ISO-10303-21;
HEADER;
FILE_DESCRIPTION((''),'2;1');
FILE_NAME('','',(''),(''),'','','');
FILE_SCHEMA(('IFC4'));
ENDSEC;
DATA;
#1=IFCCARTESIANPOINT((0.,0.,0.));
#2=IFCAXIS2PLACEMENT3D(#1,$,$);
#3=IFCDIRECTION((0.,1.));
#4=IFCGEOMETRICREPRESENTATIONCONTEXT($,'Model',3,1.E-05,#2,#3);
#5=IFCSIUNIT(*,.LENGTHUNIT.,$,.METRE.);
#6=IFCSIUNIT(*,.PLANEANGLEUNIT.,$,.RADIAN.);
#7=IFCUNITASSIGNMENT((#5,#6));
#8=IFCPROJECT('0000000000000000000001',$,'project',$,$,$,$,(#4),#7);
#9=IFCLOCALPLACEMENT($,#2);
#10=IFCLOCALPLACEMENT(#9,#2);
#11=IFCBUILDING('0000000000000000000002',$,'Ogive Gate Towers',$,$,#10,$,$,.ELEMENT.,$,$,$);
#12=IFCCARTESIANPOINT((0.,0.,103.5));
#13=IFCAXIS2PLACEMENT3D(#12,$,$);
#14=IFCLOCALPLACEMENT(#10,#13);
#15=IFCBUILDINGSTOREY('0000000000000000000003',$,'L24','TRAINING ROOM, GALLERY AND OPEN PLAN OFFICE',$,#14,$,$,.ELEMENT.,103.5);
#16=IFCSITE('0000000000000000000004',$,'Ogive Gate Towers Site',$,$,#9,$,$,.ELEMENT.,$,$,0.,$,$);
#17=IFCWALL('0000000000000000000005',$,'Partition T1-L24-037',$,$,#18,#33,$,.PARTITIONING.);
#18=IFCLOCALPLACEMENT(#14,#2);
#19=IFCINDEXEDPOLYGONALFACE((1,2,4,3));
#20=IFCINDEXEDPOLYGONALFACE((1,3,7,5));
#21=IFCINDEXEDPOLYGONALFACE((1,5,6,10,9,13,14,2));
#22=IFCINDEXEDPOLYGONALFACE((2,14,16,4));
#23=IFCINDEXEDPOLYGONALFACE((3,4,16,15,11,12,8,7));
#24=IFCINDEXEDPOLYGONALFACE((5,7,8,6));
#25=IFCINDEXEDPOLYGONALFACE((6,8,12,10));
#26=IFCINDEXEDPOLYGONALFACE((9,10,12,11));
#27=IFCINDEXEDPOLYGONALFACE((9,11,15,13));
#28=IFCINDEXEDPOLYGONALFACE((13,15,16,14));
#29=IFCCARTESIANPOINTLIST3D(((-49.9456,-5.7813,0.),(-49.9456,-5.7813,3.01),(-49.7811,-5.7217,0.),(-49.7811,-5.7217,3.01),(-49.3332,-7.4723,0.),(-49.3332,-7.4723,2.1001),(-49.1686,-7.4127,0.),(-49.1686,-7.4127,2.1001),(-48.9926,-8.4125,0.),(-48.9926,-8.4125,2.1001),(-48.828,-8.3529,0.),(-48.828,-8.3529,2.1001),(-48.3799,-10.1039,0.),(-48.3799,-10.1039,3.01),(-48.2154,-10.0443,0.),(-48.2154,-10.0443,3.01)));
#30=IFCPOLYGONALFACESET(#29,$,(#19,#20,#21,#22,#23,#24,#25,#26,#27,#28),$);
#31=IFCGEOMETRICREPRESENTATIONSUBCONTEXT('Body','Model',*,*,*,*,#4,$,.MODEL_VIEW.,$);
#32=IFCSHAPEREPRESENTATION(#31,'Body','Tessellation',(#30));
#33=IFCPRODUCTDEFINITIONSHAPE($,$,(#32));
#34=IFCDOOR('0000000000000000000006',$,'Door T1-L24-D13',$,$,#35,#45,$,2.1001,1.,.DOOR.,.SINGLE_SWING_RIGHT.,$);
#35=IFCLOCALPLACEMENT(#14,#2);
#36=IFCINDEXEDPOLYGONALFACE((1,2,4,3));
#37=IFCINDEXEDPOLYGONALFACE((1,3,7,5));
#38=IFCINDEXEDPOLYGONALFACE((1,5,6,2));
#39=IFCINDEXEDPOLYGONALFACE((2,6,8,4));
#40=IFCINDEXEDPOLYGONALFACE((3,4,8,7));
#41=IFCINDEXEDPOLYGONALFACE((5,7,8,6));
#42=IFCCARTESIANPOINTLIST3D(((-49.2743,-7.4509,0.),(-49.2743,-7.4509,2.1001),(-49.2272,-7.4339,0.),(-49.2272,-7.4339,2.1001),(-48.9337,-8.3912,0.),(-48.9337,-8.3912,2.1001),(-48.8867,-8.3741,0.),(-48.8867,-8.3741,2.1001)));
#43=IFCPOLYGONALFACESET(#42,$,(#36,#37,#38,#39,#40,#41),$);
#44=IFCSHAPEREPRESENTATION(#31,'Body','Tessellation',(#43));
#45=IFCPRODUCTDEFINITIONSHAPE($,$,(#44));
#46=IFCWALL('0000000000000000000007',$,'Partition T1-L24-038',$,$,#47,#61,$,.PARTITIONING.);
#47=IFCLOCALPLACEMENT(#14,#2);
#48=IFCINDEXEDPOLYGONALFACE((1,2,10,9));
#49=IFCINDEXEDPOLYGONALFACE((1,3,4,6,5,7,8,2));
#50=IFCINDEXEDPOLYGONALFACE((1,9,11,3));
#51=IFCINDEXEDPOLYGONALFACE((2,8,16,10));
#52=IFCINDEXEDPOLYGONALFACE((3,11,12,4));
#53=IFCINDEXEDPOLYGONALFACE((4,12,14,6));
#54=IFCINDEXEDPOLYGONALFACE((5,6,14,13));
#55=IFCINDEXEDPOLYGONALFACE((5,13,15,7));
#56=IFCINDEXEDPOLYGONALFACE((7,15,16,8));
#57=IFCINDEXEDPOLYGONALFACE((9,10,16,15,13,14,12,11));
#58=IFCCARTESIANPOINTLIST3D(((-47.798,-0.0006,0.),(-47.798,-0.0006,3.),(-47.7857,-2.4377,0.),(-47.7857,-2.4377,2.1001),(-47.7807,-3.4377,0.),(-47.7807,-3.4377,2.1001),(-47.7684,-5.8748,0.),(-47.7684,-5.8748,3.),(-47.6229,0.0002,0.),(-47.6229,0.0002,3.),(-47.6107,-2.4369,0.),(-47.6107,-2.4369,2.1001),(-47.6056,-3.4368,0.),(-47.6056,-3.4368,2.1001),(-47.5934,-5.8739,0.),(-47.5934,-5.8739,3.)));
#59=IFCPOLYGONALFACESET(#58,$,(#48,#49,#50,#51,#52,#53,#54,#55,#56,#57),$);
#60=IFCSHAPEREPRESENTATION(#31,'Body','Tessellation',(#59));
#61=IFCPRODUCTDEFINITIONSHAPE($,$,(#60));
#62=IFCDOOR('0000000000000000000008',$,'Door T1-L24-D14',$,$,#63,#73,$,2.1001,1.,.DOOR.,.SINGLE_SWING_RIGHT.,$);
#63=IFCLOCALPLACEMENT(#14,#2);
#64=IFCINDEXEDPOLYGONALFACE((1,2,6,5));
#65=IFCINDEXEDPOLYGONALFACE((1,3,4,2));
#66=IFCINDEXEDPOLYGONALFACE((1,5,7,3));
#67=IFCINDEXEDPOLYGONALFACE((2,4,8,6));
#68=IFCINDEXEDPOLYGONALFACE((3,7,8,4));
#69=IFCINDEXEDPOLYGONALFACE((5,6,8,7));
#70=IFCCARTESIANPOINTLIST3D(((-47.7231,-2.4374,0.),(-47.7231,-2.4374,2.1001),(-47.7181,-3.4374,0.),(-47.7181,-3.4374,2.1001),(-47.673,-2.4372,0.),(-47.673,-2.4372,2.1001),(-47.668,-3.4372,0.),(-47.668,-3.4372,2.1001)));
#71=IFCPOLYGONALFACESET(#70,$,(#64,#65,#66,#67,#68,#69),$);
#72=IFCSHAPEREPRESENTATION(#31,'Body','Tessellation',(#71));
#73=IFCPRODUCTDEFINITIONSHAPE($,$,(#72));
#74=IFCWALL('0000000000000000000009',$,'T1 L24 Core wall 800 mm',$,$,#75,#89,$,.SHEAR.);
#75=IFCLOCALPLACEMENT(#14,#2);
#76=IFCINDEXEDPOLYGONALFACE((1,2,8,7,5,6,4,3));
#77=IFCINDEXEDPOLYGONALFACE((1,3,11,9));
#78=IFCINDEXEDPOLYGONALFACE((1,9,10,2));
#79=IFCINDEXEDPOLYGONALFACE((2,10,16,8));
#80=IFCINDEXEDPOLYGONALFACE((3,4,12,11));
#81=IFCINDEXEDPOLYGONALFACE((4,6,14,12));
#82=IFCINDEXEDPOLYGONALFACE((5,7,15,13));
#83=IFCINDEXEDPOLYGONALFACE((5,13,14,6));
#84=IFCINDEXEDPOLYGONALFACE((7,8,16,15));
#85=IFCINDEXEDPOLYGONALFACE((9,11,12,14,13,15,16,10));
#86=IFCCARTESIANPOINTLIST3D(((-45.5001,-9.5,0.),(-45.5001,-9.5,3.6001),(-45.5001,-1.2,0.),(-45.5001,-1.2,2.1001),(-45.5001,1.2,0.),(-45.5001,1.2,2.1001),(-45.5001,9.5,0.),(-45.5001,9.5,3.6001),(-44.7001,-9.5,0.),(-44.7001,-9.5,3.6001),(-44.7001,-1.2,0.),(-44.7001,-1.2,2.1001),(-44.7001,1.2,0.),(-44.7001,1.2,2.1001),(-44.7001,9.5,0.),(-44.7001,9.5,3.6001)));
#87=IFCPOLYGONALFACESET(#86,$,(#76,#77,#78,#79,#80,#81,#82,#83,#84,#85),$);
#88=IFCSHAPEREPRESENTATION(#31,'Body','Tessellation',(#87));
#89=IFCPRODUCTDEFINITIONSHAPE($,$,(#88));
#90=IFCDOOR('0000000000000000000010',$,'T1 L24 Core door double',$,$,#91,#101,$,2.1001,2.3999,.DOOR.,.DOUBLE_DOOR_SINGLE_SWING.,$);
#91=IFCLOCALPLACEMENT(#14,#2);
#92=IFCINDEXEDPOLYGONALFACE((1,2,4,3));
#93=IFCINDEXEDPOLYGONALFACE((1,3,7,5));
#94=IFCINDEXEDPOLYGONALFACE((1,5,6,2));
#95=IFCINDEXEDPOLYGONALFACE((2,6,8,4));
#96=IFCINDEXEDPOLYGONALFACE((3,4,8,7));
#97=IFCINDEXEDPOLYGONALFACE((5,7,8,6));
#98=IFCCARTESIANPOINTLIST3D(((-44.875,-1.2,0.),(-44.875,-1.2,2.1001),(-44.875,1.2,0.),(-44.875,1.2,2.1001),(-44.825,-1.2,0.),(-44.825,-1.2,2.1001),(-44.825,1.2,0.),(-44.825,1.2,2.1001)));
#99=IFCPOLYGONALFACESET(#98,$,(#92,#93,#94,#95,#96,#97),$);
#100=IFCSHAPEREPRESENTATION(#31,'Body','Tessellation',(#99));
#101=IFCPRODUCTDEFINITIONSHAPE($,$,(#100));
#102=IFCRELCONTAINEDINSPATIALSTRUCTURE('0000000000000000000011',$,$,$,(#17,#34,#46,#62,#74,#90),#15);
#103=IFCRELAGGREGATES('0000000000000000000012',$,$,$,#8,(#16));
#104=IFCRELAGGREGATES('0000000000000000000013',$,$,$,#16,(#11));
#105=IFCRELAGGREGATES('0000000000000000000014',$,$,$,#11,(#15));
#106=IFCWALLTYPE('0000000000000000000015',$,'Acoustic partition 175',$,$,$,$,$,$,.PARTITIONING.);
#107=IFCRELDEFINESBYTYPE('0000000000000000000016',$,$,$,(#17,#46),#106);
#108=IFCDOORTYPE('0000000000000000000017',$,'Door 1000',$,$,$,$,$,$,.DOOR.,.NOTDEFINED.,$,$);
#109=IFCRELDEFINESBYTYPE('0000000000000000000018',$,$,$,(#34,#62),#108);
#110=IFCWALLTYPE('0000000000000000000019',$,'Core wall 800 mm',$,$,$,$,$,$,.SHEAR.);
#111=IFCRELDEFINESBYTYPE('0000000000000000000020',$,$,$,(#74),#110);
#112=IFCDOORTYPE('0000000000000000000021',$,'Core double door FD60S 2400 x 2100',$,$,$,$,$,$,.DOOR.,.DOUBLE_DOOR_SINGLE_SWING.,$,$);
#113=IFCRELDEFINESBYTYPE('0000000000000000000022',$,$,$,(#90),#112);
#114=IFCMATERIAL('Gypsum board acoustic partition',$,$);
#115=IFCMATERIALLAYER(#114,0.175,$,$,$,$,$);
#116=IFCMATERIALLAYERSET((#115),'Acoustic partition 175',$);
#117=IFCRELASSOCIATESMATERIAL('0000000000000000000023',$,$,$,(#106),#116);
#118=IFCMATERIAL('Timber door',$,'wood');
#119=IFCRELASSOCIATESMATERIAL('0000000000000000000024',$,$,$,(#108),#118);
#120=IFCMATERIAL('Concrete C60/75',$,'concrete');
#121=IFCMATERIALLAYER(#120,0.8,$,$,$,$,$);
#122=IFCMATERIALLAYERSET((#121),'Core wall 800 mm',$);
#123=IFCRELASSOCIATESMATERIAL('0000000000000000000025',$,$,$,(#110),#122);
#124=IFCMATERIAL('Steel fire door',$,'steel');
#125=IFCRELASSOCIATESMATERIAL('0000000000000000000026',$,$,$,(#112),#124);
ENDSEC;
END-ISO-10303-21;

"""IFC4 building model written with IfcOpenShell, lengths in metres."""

from ifc_helpers import new_model, si_unit, direction, frame, frame_2d, origin, place, context, subcontext, project, spatial, rectangle, extrude, material, layer, layer_set, type_object, element, fill, save


model = new_model("IFC4")

# Units and contexts
model_context = context("Model", 3, precision=1e-05, world=origin(), true_north=direction((0.0, 1.0)))
body_context = subcontext(model_context, "Body", "Model", "MODEL_VIEW")
ifc_project = project(units=[si_unit("LENGTHUNIT", "METRE"), si_unit("PLANEANGLEUNIT", "RADIAN")], contexts=[model_context])

# Site, building, storey
site_placement = place(None, origin())
site = spatial("IfcSite", under=ifc_project, at=site_placement, Name="Ogive Gate Towers Site", CompositionType="ELEMENT", RefElevation=0.0)
building_placement = place(site_placement, origin())
building = spatial("IfcBuilding", under=site, at=building_placement, Name="Ogive Gate Towers", CompositionType="ELEMENT")
storey_placement = place(building_placement, frame((0.0, 0.0, 103.5)))
storey = spatial("IfcBuildingStorey", under=building, at=storey_placement, Name="L24", Description="TRAINING ROOM, GALLERY AND OPEN PLAN OFFICE", CompositionType="ELEMENT", Elevation=103.5)

# Shared definitions
ifc_material_1 = material(Name="Gypsum board acoustic partition")
ifc_layer_1 = layer(ifc_material_1, 0.175)
ifc_layer_set_1 = layer_set([ifc_layer_1], Name="Acoustic partition 175")
wall_type_1 = type_object("IfcWallType", Name="Acoustic partition 175", PredefinedType="PARTITIONING", material=ifc_layer_set_1)

# Walls, openings, doors
wall_1_placement = place(storey_placement, frame((-48.2976, -10.0742, 0.0), z_axis=(0.0, 0.0, 1.0), x_axis=(-0.340562, 0.940222, 0.0)))
wall_1 = element("IfcWall", 1, at=wall_1_placement, inside=storey, type_object=wall_type_1, Name="Partition T1-L24-037", PredefinedType="PARTITIONING", context=body_context, shape_type="SweptSolid", body=[
    extrude(rectangle(XDim=4.5974, YDim=0.175, at=frame_2d((2.2988, 0.0))), origin(), (0.0, 0.0, 1.0), 3.01),
])
opening_1_placement = place(wall_1_placement, frame((1.7991, 0.0, 0.0)))
opening_1 = element("IfcOpeningElement", 2, at=opening_1_placement, cuts=wall_1, PredefinedType="OPENING", context=body_context, shape_type="SweptSolid", body=[
    extrude(rectangle(XDim=1.0, YDim=2.1001, at=frame_2d((0.5, 1.05))), frame((0.0, 0.0977, 0.0), z_axis=(0.0, -1.0, 0.0), x_axis=(1.0, 0.0, 0.0)), (0.0, 0.0, 1.0), 0.1951),
])
ifc_material_2 = material(Name="Timber door", Category="wood")
door_type_1 = type_object("IfcDoorType", Name="Door 1000", OperationType="NOTDEFINED", PredefinedType="DOOR", material=ifc_material_2)
door_1_placement = place(opening_1_placement, origin())
door_1 = element("IfcDoor", 3, at=door_1_placement, inside=storey, type_object=door_type_1, Name="Door T1-L24-D13", OperationType="SINGLE_SWING_RIGHT", OverallHeight=2.1001, OverallWidth=1.0, PredefinedType="DOOR", context=body_context, shape_type="SweptSolid", body=[
    extrude(rectangle(XDim=1.0, YDim=2.1001, at=frame_2d((0.5, 1.05))), frame((0.0, 0.0249, 0.0), z_axis=(0.0, -1.0, 0.0), x_axis=(1.0, 0.0, 0.0)), (0.0, 0.0, 1.0), 0.05),
])
fill(opening_1, door_1)
wall_2_placement = place(storey_placement, frame((-47.6809, -5.8743, 0.0), z_axis=(0.0, 0.0, 1.0), x_axis=(-0.005029, 0.999987, 0.0)))
wall_2 = element("IfcWall", 4, at=wall_2_placement, inside=storey, type_object=wall_type_1, Name="Partition T1-L24-038", PredefinedType="PARTITIONING", context=body_context, shape_type="SweptSolid", body=[
    extrude(rectangle(XDim=5.8743, YDim=0.175, at=frame_2d((2.937, 0.0))), origin(), (0.0, 0.0, 1.0), 3.0),
])
opening_2_placement = place(wall_2_placement, frame((2.437, 0.0, 0.0)))
opening_2 = element("IfcOpeningElement", 5, at=opening_2_placement, cuts=wall_2, PredefinedType="OPENING", context=body_context, shape_type="SweptSolid", body=[
    extrude(rectangle(XDim=1.0, YDim=2.1001, at=frame_2d((0.5, 1.05))), frame((0.0, 0.0977, 0.0), z_axis=(0.0, -1.0, 0.0), x_axis=(1.0, 0.0, 0.0)), (0.0, 0.0, 1.0), 0.1951),
])
door_2_placement = place(opening_2_placement, origin())
door_2 = element("IfcDoor", 6, at=door_2_placement, inside=storey, type_object=door_type_1, Name="Door T1-L24-D14", OperationType="SINGLE_SWING_RIGHT", OverallHeight=2.1001, OverallWidth=1.0, PredefinedType="DOOR", context=body_context, shape_type="SweptSolid", body=[
    extrude(rectangle(XDim=1.0, YDim=2.1001, at=frame_2d((0.5, 1.05))), frame((0.0, 0.0249, 0.0), z_axis=(0.0, -1.0, 0.0), x_axis=(1.0, 0.0, 0.0)), (0.0, 0.0, 1.0), 0.05),
])
fill(opening_2, door_2)
ifc_material_3 = material(Name="Concrete C60/75", Category="concrete")
ifc_layer_2 = layer(ifc_material_3, 0.8)
ifc_layer_set_2 = layer_set([ifc_layer_2], Name="Core wall 800 mm")
wall_type_2 = type_object("IfcWallType", Name="Core wall 800 mm", PredefinedType="SHEAR", material=ifc_layer_set_2)
wall_3_placement = place(storey_placement, frame((-45.1001, -9.5, 0.0), z_axis=(0.0, 0.0, 1.0), x_axis=(0.0, 1.0, 0.0)))
wall_3 = element("IfcWall", 7, at=wall_3_placement, inside=storey, type_object=wall_type_2, Name="T1 L24 Core wall 800 mm", PredefinedType="SHEAR", context=body_context, shape_type="SweptSolid", body=[
    extrude(rectangle(XDim=19.0, YDim=0.8, at=frame_2d((9.5, 0.0))), origin(), (0.0, 0.0, 1.0), 3.6001),
])
opening_3_placement = place(wall_3_placement, frame((8.3, 0.0, 0.0)))
opening_3 = element("IfcOpeningElement", 8, at=opening_3_placement, cuts=wall_3, PredefinedType="OPENING", context=body_context, shape_type="SweptSolid", body=[
    extrude(rectangle(XDim=2.3999, YDim=2.1001, at=frame_2d((1.2, 1.05))), frame((0.0, 0.4102, 0.0), z_axis=(0.0, -1.0, 0.0), x_axis=(1.0, 0.0, 0.0)), (0.0, 0.0, 1.0), 0.8201),
])
ifc_material_4 = material(Name="Steel fire door", Category="steel")
door_type_2 = type_object("IfcDoorType", Name="Core double door FD60S 2400 x 2100", OperationType="DOUBLE_DOOR_SINGLE_SWING", PredefinedType="DOOR", material=ifc_material_4)
door_3_placement = place(opening_3_placement, origin())
door_3 = element("IfcDoor", 9, at=door_3_placement, inside=storey, type_object=door_type_2, Name="T1 L24 Core door double", OperationType="DOUBLE_DOOR_SINGLE_SWING", OverallHeight=2.1001, OverallWidth=2.3999, PredefinedType="DOOR", context=body_context, shape_type="SweptSolid", body=[
    extrude(rectangle(XDim=2.3999, YDim=2.1001, at=frame_2d((1.2, 1.05))), frame((0.0, -0.2251, 0.0), z_axis=(0.0, -1.0, 0.0), x_axis=(1.0, 0.0, 0.0)), (0.0, 0.0, 1.0), 0.05),
])
fill(opening_3, door_3)

save(model, "model.ifc")
